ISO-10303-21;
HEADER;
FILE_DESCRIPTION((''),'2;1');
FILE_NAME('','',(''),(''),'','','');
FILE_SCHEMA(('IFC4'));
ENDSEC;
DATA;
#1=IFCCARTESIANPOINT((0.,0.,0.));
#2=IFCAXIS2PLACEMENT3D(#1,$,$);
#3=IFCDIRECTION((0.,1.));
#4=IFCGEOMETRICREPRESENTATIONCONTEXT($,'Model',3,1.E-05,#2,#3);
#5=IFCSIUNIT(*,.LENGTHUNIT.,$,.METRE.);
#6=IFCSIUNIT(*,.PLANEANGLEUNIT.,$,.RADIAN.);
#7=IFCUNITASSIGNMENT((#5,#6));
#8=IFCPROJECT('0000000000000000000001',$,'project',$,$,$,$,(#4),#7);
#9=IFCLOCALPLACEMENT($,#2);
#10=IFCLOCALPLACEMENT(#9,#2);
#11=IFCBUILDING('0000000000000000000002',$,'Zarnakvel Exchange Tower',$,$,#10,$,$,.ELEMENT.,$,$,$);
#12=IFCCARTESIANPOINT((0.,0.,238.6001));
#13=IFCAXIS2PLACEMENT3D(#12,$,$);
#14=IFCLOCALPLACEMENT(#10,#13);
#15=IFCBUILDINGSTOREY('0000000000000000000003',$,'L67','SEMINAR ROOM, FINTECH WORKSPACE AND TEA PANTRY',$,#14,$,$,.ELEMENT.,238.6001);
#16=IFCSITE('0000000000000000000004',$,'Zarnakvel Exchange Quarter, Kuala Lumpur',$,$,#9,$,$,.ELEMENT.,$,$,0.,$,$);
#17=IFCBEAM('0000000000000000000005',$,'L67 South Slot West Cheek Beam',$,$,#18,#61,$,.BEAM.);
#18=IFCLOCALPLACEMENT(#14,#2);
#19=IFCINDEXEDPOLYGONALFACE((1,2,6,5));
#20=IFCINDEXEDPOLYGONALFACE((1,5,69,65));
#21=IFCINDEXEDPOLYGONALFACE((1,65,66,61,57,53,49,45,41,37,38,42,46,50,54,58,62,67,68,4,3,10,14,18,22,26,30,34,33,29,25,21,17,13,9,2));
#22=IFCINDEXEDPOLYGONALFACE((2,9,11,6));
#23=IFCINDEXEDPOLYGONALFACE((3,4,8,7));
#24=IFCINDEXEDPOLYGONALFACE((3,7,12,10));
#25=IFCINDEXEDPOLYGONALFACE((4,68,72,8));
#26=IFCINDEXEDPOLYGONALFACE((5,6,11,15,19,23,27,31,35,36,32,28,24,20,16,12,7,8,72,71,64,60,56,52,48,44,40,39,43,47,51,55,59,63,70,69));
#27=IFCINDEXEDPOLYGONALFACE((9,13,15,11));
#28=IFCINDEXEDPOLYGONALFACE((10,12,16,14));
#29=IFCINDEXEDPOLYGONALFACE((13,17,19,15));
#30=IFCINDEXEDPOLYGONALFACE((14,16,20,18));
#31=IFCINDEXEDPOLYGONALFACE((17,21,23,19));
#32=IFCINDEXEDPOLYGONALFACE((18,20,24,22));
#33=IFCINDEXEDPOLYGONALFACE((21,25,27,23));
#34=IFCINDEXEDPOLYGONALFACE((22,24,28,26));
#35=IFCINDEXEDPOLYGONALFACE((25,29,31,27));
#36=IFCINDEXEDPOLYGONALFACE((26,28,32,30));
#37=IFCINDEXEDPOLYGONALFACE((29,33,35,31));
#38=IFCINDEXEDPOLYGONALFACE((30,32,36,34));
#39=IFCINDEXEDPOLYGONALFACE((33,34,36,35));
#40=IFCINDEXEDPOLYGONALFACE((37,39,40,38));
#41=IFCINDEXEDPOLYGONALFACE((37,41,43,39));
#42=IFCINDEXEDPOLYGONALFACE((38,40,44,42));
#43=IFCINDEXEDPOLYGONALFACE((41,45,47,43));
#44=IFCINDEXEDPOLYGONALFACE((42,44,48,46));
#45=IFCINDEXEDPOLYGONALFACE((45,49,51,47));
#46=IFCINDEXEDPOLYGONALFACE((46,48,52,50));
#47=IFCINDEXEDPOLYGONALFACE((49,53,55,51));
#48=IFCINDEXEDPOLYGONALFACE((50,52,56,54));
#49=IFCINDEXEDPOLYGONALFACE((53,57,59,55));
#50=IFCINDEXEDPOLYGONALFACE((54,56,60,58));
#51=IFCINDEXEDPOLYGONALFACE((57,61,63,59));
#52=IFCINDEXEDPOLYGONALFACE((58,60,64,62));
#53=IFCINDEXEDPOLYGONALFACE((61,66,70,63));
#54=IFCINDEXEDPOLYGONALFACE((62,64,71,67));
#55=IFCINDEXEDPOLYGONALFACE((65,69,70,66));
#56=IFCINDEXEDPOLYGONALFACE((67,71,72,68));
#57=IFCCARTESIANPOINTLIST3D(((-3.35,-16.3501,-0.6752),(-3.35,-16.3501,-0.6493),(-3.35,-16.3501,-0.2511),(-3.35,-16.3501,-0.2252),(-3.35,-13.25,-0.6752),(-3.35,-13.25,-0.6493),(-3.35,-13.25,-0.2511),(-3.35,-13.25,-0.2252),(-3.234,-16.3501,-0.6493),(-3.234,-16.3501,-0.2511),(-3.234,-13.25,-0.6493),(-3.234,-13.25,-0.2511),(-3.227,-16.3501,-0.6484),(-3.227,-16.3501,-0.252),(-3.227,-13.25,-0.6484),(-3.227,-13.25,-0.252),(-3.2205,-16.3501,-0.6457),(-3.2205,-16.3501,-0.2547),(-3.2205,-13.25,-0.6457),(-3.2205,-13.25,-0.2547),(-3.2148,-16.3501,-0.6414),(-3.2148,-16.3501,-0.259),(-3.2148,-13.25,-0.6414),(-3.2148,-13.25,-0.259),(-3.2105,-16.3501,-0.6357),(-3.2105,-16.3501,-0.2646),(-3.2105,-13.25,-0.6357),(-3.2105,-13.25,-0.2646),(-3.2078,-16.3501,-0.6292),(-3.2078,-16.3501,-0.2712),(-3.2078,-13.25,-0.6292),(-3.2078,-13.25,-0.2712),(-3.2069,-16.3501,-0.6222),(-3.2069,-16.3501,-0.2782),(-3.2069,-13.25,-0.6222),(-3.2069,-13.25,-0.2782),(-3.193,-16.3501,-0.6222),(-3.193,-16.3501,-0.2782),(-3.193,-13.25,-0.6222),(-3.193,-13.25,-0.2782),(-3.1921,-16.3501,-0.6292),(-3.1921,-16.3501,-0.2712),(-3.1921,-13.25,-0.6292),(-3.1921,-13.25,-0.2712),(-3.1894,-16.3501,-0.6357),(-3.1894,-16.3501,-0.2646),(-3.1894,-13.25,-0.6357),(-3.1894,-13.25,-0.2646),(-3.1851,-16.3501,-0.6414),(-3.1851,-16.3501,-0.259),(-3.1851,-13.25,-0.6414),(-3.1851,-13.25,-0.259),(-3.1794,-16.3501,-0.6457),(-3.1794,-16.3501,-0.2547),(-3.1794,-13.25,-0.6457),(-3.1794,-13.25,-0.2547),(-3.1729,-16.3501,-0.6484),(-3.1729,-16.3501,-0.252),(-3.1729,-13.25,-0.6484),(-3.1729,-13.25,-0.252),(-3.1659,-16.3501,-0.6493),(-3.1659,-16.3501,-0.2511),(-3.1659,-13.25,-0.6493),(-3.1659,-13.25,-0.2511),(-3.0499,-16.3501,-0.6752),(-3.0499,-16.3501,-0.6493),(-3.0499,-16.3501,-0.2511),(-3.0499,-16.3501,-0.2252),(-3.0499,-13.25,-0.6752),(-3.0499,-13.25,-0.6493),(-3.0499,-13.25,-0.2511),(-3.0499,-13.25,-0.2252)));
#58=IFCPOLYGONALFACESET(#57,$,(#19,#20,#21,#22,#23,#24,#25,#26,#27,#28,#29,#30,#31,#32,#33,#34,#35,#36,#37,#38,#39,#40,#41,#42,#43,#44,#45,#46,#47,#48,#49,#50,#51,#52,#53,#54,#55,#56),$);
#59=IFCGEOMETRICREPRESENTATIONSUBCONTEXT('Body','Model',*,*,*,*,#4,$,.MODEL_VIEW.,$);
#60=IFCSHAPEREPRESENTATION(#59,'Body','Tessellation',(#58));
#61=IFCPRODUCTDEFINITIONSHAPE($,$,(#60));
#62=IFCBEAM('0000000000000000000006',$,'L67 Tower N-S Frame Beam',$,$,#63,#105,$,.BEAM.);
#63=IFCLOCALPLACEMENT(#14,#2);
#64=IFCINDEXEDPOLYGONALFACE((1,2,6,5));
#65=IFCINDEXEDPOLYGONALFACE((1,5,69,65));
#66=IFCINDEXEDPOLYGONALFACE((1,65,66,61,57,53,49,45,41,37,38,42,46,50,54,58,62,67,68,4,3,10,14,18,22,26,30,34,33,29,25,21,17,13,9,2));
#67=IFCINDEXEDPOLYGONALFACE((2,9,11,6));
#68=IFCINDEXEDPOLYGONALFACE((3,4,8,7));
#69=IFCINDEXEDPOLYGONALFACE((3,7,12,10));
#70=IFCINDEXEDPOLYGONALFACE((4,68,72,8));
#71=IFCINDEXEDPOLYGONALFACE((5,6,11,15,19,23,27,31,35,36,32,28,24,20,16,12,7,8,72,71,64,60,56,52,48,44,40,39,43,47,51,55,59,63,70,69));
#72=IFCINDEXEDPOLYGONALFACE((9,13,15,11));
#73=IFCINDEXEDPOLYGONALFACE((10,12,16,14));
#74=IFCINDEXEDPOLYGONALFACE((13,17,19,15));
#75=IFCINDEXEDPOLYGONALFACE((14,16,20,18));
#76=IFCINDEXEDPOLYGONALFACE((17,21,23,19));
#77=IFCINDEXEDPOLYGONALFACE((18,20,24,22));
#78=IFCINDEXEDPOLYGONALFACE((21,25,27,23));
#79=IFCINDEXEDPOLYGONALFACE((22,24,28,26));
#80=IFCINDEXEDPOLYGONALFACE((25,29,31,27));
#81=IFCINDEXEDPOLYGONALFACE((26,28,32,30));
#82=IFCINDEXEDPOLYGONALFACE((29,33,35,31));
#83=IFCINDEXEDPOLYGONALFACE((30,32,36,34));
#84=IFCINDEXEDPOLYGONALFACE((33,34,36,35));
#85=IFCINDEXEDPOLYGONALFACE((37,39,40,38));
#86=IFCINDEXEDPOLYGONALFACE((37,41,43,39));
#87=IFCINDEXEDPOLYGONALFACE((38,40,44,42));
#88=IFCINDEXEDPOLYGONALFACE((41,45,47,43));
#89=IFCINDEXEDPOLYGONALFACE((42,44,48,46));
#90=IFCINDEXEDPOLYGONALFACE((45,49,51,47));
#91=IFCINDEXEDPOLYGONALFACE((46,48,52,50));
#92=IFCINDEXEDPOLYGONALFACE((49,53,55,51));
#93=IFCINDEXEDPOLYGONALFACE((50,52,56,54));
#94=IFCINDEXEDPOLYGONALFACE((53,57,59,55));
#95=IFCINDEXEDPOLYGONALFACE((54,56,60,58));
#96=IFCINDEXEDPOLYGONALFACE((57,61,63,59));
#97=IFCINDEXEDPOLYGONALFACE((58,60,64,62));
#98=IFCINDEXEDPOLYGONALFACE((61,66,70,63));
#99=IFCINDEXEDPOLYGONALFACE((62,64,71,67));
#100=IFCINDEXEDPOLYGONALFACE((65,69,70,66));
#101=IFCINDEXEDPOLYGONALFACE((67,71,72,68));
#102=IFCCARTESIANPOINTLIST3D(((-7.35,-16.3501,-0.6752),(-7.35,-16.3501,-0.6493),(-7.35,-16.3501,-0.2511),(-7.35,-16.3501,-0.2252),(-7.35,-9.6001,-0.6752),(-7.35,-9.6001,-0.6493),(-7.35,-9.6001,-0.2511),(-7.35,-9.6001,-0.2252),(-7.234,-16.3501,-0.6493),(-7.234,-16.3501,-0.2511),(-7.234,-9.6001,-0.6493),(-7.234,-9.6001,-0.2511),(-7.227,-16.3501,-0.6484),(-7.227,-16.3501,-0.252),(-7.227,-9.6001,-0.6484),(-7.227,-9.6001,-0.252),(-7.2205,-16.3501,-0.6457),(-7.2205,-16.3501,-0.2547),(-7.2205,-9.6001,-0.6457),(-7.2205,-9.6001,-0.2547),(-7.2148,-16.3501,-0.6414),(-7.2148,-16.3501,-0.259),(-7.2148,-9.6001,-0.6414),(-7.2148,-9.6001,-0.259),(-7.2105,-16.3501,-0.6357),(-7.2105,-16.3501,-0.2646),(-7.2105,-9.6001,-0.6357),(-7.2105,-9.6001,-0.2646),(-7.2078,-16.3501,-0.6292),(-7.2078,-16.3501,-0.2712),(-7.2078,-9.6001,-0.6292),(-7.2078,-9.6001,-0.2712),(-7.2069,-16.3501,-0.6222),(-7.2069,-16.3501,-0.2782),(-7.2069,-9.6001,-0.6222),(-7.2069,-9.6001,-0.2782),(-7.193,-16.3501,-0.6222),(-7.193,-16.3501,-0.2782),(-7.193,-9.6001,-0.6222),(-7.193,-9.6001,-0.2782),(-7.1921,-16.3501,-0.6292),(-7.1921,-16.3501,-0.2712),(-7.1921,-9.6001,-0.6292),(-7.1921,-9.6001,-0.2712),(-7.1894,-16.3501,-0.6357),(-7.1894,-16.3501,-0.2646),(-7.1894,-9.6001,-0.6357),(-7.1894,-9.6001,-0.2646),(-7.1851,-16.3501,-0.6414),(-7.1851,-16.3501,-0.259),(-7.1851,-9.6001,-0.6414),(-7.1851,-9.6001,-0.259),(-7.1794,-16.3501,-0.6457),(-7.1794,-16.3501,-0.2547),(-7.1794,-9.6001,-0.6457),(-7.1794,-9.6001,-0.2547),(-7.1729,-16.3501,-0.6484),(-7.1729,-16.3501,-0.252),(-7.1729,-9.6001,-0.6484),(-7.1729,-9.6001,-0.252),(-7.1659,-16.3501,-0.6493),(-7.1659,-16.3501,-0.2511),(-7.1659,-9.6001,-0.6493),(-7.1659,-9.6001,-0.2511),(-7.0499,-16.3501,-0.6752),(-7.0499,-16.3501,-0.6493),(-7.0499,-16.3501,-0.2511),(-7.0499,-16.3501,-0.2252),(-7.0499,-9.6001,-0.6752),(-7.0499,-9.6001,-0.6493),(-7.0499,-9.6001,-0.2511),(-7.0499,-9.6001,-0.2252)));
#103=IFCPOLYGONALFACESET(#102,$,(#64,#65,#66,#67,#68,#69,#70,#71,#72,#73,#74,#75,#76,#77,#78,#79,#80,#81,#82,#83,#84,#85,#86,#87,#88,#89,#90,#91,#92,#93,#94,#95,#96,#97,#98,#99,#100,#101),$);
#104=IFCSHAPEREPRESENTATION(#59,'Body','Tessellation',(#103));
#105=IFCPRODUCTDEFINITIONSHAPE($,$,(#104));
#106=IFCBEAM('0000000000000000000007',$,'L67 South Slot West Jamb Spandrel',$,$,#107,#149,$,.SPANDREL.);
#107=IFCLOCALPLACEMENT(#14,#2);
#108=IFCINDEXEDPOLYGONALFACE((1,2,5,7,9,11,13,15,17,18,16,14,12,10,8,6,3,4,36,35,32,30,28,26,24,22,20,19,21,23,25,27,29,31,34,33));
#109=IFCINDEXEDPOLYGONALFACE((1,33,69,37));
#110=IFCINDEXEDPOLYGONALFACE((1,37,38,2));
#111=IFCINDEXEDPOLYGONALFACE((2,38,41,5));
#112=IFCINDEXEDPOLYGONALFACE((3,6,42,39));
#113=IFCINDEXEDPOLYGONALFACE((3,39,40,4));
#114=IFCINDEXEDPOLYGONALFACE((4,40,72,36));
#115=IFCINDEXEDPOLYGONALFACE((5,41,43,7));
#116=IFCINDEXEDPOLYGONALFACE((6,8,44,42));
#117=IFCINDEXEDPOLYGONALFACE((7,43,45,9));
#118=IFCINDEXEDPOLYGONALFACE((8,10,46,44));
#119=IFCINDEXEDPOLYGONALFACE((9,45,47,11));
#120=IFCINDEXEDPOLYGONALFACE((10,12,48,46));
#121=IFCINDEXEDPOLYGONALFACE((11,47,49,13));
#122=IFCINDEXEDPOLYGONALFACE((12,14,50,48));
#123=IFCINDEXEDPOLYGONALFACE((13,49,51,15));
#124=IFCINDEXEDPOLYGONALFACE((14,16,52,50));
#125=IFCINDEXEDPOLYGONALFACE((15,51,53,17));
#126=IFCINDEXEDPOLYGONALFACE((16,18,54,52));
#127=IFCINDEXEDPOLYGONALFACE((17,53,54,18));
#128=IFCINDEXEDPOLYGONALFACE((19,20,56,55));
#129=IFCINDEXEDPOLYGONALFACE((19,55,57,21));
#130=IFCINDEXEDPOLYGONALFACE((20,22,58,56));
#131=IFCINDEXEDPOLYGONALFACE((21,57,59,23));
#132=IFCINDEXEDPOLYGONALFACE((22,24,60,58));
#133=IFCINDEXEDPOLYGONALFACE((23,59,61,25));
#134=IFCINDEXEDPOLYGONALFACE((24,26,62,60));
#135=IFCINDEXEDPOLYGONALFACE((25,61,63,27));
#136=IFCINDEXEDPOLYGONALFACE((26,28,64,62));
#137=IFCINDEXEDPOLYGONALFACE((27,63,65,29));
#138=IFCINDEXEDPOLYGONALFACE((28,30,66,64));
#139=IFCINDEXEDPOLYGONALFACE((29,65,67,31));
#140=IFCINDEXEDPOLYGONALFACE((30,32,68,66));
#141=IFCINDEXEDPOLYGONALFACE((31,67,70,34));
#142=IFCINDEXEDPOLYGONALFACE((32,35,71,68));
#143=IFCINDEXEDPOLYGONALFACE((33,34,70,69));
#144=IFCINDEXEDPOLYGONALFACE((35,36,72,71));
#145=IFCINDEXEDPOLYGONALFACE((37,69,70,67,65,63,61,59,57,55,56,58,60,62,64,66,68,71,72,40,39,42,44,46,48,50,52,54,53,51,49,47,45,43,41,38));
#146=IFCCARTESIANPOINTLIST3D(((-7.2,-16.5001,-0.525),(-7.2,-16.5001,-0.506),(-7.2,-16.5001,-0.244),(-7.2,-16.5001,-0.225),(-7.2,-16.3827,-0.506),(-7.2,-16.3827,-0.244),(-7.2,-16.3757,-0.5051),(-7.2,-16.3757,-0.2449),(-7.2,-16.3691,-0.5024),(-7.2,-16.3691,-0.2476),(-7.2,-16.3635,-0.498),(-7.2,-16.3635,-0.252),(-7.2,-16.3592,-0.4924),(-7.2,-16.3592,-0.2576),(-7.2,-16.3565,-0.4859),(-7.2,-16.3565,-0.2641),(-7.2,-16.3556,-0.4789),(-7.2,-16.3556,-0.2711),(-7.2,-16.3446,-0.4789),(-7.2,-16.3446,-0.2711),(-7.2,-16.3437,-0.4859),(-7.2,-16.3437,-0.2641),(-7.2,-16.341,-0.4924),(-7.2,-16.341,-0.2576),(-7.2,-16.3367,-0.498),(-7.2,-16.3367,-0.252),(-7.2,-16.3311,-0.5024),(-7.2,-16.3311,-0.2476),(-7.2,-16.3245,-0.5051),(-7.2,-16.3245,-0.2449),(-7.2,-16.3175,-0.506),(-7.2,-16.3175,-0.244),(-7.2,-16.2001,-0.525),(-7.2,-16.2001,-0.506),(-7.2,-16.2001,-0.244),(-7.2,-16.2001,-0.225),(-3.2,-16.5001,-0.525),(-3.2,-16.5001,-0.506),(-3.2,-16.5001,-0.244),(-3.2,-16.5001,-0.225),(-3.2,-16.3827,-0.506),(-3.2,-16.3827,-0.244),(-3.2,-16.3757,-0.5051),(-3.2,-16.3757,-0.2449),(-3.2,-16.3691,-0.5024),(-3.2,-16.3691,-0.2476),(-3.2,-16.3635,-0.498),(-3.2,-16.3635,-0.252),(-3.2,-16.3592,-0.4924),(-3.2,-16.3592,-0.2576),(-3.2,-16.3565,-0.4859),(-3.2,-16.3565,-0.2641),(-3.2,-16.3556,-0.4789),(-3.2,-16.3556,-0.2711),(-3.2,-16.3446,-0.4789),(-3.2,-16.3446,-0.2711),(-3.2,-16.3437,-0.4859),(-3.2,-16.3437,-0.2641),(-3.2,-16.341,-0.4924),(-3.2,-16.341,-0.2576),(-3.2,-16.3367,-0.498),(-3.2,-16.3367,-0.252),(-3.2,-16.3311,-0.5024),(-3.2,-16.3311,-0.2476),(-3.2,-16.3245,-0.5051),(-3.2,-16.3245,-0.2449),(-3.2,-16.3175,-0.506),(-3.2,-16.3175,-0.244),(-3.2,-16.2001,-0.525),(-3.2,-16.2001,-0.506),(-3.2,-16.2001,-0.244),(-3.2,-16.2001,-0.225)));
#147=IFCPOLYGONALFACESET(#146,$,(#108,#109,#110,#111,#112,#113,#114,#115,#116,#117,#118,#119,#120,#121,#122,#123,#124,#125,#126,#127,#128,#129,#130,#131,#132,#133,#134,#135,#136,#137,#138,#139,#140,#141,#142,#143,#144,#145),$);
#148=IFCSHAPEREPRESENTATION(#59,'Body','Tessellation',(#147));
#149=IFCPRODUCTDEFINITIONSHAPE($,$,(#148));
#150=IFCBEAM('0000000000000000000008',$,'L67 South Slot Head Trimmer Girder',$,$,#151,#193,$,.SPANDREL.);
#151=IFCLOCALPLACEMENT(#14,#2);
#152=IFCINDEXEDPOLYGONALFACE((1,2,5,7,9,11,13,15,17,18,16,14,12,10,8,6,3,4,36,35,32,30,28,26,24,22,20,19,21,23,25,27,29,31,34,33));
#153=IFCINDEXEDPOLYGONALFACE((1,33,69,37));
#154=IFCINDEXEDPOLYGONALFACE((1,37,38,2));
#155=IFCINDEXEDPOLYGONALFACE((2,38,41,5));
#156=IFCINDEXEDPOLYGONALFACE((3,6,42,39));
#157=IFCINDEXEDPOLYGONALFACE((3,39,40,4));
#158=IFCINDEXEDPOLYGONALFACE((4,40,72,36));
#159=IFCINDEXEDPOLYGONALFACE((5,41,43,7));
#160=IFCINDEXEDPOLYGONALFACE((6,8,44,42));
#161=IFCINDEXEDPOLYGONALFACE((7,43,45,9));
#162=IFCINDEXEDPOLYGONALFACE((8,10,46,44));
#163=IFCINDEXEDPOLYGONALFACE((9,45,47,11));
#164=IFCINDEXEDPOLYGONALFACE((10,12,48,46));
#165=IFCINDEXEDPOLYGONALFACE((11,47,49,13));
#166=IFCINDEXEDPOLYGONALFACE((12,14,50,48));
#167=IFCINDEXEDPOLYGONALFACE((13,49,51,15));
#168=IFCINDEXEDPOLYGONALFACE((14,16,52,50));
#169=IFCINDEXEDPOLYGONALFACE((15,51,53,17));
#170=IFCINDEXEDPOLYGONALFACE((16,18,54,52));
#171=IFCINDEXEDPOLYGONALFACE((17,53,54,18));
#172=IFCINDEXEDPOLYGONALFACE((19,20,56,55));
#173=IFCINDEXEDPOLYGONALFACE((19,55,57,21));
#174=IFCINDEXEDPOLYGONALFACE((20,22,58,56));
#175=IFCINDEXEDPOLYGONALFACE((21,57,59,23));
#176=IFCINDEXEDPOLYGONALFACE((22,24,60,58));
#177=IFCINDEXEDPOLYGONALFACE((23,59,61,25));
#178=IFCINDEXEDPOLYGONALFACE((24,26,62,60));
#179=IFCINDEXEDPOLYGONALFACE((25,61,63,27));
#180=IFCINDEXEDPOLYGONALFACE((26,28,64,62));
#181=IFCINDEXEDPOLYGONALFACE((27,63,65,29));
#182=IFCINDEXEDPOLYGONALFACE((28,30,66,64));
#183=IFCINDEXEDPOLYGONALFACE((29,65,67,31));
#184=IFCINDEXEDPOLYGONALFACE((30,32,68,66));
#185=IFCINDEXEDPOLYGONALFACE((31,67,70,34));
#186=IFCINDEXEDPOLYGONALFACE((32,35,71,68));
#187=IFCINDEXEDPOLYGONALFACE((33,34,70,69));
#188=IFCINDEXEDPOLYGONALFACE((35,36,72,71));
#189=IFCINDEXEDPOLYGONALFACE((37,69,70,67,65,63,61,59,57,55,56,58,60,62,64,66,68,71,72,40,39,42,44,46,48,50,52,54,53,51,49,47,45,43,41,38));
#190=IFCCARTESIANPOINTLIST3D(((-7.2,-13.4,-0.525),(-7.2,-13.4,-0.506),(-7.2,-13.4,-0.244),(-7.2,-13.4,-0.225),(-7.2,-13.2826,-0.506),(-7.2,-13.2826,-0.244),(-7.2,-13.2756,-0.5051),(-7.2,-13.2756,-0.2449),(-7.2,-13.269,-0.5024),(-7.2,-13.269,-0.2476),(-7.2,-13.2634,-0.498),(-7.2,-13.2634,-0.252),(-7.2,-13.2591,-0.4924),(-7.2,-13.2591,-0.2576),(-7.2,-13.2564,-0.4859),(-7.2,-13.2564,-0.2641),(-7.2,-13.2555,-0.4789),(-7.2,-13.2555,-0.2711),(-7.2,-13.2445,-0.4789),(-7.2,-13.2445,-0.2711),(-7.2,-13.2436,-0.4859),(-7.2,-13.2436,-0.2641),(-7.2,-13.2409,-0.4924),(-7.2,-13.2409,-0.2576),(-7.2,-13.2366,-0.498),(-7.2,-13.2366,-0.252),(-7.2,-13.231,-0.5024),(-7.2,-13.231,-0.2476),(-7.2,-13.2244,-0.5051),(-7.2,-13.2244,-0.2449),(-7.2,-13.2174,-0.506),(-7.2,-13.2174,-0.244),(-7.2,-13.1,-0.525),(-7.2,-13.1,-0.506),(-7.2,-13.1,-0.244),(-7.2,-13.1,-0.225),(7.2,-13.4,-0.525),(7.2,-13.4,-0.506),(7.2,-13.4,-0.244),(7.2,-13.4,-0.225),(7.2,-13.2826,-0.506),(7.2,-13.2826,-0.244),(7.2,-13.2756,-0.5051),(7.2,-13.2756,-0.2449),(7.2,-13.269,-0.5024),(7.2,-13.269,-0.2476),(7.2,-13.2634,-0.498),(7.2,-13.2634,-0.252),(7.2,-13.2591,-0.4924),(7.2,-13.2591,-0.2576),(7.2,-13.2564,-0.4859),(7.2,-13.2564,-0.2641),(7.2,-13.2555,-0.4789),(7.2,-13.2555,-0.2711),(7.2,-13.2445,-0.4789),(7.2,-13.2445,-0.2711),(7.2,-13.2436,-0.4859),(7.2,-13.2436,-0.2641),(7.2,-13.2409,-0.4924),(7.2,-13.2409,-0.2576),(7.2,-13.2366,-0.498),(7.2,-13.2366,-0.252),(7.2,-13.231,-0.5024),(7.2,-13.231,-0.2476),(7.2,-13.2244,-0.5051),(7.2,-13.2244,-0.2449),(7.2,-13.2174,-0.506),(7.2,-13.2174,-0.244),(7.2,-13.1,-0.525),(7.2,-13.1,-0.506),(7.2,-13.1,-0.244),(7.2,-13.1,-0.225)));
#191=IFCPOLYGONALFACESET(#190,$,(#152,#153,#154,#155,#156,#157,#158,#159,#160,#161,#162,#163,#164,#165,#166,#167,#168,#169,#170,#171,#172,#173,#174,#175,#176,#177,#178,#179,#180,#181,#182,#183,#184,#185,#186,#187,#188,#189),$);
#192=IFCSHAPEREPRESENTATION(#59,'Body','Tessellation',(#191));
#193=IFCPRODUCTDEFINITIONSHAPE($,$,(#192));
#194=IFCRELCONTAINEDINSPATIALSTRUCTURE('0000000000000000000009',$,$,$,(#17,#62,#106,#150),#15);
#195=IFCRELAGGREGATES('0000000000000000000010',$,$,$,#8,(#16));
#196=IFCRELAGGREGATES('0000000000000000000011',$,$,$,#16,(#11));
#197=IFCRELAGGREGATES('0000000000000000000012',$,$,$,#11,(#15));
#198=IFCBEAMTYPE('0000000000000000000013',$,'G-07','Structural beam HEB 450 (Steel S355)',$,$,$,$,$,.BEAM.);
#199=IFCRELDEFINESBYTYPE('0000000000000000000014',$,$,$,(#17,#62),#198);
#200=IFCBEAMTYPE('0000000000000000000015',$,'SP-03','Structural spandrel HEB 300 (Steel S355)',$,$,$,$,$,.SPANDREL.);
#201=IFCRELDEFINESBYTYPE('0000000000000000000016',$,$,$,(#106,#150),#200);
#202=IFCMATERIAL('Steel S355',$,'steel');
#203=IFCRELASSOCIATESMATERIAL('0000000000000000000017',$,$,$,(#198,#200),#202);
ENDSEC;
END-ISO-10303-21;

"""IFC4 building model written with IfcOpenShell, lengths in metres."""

from ifc_helpers import new_model, si_unit, direction, frame, origin, origin_2d, place, context, subcontext, project, spatial, i_section, extrude, material, material_profile, profile_set, type_object, element, save


model = new_model("IFC4")

# Units and contexts
model_context = context("Model", 3, precision=1e-05, world=origin(), true_north=direction((0.0, 1.0)))
body_context = subcontext(model_context, "Body", "Model", "MODEL_VIEW")
ifc_project = project(units=[si_unit("LENGTHUNIT", "METRE"), si_unit("PLANEANGLEUNIT", "RADIAN")], contexts=[model_context])

# Site, building, storey
site_placement = place(None, origin())
site = spatial("IfcSite", under=ifc_project, at=site_placement, Name="Zarnakvel Exchange Quarter, Kuala Lumpur", CompositionType="ELEMENT", RefElevation=0.0)
building_placement = place(site_placement, origin())
building = spatial("IfcBuilding", under=site, at=building_placement, Name="Zarnakvel Exchange Tower", CompositionType="ELEMENT")
storey_placement = place(building_placement, frame((0.0, 0.0, 238.6001)))
storey = spatial("IfcBuildingStorey", under=building, at=storey_placement, Name="L67", Description="SEMINAR ROOM, FINTECH WORKSPACE AND TEA PANTRY", CompositionType="ELEMENT", Elevation=238.6001)

# Beams
ifc_material_1 = material(Name="Steel S355", Category="steel")
ifc_material_profile_1 = material_profile(ifc_material_1, i_section(OverallWidth=0.3, OverallDepth=0.45, WebThickness=0.0139, FlangeThickness=0.0259, FilletRadius=0.0271, at=origin_2d()))
ifc_profile_set_1 = profile_set([ifc_material_profile_1], Name="Steel S355")
beam_type_1 = type_object("IfcBeamType", Name="G-07", Description="Structural beam HEB 450 (Steel S355)", PredefinedType="BEAM", material=ifc_profile_set_1)
beam_1_placement = place(storey_placement, frame((-3.2, -16.3501, -0.4502), z_axis=(0.0, 1.0, 0.0), x_axis=(-1.0, 0.0, 0.0)))
element("IfcBeam", 1, at=beam_1_placement, inside=storey, type_object=beam_type_1, Name="L67 South Slot West Cheek Beam", PredefinedType="BEAM", context=body_context, shape_type="SweptSolid", body=[
    extrude(i_section(OverallWidth=0.3, OverallDepth=0.45, WebThickness=0.0139, FlangeThickness=0.0259, FilletRadius=0.0271, at=origin_2d()), origin(), (0.0, 0.0, 1.0), 3.1001),
])
beam_2_placement = place(storey_placement, frame((-7.2, -16.3501, -0.4502), z_axis=(0.0, 1.0, 0.0), x_axis=(-1.0, 0.0, 0.0)))
element("IfcBeam", 2, at=beam_2_placement, inside=storey, type_object=beam_type_1, Name="L67 Tower N-S Frame Beam", PredefinedType="BEAM", context=body_context, shape_type="SweptSolid", body=[
    extrude(i_section(OverallWidth=0.3, OverallDepth=0.45, WebThickness=0.0139, FlangeThickness=0.0259, FilletRadius=0.0271, at=origin_2d()), origin(), (0.0, 0.0, 1.0), 6.75),
])
ifc_material_profile_2 = material_profile(ifc_material_1, i_section(OverallWidth=0.3, OverallDepth=0.3, WebThickness=0.011, FlangeThickness=0.019, FilletRadius=0.0271, at=origin_2d()))
ifc_profile_set_2 = profile_set([ifc_material_profile_2], Name="Steel S355")
beam_type_2 = type_object("IfcBeamType", Name="SP-03", Description="Structural spandrel HEB 300 (Steel S355)", PredefinedType="SPANDREL", material=ifc_profile_set_2)
beam_3_placement = place(storey_placement, frame((-7.2, -16.3501, -0.375), z_axis=(1.0, 0.0, 0.0), x_axis=(0.0, 1.0, 0.0)))
element("IfcBeam", 3, at=beam_3_placement, inside=storey, type_object=beam_type_2, Name="L67 South Slot West Jamb Spandrel", PredefinedType="SPANDREL", context=body_context, shape_type="SweptSolid", body=[
    extrude(i_section(OverallWidth=0.3, OverallDepth=0.3, WebThickness=0.011, FlangeThickness=0.019, FilletRadius=0.0271, at=origin_2d()), origin(), (0.0, 0.0, 1.0), 4.0),
])
beam_4_placement = place(storey_placement, frame((-7.2, -13.25, -0.375), z_axis=(1.0, 0.0, 0.0), x_axis=(0.0, 1.0, 0.0)))
element("IfcBeam", 4, at=beam_4_placement, inside=storey, type_object=beam_type_2, Name="L67 South Slot Head Trimmer Girder", PredefinedType="SPANDREL", context=body_context, shape_type="SweptSolid", body=[
    extrude(i_section(OverallWidth=0.3, OverallDepth=0.3, WebThickness=0.011, FlangeThickness=0.019, FilletRadius=0.0271, at=origin_2d()), origin(), (0.0, 0.0, 1.0), 14.3999),
])

save(model, "model.ifc")
